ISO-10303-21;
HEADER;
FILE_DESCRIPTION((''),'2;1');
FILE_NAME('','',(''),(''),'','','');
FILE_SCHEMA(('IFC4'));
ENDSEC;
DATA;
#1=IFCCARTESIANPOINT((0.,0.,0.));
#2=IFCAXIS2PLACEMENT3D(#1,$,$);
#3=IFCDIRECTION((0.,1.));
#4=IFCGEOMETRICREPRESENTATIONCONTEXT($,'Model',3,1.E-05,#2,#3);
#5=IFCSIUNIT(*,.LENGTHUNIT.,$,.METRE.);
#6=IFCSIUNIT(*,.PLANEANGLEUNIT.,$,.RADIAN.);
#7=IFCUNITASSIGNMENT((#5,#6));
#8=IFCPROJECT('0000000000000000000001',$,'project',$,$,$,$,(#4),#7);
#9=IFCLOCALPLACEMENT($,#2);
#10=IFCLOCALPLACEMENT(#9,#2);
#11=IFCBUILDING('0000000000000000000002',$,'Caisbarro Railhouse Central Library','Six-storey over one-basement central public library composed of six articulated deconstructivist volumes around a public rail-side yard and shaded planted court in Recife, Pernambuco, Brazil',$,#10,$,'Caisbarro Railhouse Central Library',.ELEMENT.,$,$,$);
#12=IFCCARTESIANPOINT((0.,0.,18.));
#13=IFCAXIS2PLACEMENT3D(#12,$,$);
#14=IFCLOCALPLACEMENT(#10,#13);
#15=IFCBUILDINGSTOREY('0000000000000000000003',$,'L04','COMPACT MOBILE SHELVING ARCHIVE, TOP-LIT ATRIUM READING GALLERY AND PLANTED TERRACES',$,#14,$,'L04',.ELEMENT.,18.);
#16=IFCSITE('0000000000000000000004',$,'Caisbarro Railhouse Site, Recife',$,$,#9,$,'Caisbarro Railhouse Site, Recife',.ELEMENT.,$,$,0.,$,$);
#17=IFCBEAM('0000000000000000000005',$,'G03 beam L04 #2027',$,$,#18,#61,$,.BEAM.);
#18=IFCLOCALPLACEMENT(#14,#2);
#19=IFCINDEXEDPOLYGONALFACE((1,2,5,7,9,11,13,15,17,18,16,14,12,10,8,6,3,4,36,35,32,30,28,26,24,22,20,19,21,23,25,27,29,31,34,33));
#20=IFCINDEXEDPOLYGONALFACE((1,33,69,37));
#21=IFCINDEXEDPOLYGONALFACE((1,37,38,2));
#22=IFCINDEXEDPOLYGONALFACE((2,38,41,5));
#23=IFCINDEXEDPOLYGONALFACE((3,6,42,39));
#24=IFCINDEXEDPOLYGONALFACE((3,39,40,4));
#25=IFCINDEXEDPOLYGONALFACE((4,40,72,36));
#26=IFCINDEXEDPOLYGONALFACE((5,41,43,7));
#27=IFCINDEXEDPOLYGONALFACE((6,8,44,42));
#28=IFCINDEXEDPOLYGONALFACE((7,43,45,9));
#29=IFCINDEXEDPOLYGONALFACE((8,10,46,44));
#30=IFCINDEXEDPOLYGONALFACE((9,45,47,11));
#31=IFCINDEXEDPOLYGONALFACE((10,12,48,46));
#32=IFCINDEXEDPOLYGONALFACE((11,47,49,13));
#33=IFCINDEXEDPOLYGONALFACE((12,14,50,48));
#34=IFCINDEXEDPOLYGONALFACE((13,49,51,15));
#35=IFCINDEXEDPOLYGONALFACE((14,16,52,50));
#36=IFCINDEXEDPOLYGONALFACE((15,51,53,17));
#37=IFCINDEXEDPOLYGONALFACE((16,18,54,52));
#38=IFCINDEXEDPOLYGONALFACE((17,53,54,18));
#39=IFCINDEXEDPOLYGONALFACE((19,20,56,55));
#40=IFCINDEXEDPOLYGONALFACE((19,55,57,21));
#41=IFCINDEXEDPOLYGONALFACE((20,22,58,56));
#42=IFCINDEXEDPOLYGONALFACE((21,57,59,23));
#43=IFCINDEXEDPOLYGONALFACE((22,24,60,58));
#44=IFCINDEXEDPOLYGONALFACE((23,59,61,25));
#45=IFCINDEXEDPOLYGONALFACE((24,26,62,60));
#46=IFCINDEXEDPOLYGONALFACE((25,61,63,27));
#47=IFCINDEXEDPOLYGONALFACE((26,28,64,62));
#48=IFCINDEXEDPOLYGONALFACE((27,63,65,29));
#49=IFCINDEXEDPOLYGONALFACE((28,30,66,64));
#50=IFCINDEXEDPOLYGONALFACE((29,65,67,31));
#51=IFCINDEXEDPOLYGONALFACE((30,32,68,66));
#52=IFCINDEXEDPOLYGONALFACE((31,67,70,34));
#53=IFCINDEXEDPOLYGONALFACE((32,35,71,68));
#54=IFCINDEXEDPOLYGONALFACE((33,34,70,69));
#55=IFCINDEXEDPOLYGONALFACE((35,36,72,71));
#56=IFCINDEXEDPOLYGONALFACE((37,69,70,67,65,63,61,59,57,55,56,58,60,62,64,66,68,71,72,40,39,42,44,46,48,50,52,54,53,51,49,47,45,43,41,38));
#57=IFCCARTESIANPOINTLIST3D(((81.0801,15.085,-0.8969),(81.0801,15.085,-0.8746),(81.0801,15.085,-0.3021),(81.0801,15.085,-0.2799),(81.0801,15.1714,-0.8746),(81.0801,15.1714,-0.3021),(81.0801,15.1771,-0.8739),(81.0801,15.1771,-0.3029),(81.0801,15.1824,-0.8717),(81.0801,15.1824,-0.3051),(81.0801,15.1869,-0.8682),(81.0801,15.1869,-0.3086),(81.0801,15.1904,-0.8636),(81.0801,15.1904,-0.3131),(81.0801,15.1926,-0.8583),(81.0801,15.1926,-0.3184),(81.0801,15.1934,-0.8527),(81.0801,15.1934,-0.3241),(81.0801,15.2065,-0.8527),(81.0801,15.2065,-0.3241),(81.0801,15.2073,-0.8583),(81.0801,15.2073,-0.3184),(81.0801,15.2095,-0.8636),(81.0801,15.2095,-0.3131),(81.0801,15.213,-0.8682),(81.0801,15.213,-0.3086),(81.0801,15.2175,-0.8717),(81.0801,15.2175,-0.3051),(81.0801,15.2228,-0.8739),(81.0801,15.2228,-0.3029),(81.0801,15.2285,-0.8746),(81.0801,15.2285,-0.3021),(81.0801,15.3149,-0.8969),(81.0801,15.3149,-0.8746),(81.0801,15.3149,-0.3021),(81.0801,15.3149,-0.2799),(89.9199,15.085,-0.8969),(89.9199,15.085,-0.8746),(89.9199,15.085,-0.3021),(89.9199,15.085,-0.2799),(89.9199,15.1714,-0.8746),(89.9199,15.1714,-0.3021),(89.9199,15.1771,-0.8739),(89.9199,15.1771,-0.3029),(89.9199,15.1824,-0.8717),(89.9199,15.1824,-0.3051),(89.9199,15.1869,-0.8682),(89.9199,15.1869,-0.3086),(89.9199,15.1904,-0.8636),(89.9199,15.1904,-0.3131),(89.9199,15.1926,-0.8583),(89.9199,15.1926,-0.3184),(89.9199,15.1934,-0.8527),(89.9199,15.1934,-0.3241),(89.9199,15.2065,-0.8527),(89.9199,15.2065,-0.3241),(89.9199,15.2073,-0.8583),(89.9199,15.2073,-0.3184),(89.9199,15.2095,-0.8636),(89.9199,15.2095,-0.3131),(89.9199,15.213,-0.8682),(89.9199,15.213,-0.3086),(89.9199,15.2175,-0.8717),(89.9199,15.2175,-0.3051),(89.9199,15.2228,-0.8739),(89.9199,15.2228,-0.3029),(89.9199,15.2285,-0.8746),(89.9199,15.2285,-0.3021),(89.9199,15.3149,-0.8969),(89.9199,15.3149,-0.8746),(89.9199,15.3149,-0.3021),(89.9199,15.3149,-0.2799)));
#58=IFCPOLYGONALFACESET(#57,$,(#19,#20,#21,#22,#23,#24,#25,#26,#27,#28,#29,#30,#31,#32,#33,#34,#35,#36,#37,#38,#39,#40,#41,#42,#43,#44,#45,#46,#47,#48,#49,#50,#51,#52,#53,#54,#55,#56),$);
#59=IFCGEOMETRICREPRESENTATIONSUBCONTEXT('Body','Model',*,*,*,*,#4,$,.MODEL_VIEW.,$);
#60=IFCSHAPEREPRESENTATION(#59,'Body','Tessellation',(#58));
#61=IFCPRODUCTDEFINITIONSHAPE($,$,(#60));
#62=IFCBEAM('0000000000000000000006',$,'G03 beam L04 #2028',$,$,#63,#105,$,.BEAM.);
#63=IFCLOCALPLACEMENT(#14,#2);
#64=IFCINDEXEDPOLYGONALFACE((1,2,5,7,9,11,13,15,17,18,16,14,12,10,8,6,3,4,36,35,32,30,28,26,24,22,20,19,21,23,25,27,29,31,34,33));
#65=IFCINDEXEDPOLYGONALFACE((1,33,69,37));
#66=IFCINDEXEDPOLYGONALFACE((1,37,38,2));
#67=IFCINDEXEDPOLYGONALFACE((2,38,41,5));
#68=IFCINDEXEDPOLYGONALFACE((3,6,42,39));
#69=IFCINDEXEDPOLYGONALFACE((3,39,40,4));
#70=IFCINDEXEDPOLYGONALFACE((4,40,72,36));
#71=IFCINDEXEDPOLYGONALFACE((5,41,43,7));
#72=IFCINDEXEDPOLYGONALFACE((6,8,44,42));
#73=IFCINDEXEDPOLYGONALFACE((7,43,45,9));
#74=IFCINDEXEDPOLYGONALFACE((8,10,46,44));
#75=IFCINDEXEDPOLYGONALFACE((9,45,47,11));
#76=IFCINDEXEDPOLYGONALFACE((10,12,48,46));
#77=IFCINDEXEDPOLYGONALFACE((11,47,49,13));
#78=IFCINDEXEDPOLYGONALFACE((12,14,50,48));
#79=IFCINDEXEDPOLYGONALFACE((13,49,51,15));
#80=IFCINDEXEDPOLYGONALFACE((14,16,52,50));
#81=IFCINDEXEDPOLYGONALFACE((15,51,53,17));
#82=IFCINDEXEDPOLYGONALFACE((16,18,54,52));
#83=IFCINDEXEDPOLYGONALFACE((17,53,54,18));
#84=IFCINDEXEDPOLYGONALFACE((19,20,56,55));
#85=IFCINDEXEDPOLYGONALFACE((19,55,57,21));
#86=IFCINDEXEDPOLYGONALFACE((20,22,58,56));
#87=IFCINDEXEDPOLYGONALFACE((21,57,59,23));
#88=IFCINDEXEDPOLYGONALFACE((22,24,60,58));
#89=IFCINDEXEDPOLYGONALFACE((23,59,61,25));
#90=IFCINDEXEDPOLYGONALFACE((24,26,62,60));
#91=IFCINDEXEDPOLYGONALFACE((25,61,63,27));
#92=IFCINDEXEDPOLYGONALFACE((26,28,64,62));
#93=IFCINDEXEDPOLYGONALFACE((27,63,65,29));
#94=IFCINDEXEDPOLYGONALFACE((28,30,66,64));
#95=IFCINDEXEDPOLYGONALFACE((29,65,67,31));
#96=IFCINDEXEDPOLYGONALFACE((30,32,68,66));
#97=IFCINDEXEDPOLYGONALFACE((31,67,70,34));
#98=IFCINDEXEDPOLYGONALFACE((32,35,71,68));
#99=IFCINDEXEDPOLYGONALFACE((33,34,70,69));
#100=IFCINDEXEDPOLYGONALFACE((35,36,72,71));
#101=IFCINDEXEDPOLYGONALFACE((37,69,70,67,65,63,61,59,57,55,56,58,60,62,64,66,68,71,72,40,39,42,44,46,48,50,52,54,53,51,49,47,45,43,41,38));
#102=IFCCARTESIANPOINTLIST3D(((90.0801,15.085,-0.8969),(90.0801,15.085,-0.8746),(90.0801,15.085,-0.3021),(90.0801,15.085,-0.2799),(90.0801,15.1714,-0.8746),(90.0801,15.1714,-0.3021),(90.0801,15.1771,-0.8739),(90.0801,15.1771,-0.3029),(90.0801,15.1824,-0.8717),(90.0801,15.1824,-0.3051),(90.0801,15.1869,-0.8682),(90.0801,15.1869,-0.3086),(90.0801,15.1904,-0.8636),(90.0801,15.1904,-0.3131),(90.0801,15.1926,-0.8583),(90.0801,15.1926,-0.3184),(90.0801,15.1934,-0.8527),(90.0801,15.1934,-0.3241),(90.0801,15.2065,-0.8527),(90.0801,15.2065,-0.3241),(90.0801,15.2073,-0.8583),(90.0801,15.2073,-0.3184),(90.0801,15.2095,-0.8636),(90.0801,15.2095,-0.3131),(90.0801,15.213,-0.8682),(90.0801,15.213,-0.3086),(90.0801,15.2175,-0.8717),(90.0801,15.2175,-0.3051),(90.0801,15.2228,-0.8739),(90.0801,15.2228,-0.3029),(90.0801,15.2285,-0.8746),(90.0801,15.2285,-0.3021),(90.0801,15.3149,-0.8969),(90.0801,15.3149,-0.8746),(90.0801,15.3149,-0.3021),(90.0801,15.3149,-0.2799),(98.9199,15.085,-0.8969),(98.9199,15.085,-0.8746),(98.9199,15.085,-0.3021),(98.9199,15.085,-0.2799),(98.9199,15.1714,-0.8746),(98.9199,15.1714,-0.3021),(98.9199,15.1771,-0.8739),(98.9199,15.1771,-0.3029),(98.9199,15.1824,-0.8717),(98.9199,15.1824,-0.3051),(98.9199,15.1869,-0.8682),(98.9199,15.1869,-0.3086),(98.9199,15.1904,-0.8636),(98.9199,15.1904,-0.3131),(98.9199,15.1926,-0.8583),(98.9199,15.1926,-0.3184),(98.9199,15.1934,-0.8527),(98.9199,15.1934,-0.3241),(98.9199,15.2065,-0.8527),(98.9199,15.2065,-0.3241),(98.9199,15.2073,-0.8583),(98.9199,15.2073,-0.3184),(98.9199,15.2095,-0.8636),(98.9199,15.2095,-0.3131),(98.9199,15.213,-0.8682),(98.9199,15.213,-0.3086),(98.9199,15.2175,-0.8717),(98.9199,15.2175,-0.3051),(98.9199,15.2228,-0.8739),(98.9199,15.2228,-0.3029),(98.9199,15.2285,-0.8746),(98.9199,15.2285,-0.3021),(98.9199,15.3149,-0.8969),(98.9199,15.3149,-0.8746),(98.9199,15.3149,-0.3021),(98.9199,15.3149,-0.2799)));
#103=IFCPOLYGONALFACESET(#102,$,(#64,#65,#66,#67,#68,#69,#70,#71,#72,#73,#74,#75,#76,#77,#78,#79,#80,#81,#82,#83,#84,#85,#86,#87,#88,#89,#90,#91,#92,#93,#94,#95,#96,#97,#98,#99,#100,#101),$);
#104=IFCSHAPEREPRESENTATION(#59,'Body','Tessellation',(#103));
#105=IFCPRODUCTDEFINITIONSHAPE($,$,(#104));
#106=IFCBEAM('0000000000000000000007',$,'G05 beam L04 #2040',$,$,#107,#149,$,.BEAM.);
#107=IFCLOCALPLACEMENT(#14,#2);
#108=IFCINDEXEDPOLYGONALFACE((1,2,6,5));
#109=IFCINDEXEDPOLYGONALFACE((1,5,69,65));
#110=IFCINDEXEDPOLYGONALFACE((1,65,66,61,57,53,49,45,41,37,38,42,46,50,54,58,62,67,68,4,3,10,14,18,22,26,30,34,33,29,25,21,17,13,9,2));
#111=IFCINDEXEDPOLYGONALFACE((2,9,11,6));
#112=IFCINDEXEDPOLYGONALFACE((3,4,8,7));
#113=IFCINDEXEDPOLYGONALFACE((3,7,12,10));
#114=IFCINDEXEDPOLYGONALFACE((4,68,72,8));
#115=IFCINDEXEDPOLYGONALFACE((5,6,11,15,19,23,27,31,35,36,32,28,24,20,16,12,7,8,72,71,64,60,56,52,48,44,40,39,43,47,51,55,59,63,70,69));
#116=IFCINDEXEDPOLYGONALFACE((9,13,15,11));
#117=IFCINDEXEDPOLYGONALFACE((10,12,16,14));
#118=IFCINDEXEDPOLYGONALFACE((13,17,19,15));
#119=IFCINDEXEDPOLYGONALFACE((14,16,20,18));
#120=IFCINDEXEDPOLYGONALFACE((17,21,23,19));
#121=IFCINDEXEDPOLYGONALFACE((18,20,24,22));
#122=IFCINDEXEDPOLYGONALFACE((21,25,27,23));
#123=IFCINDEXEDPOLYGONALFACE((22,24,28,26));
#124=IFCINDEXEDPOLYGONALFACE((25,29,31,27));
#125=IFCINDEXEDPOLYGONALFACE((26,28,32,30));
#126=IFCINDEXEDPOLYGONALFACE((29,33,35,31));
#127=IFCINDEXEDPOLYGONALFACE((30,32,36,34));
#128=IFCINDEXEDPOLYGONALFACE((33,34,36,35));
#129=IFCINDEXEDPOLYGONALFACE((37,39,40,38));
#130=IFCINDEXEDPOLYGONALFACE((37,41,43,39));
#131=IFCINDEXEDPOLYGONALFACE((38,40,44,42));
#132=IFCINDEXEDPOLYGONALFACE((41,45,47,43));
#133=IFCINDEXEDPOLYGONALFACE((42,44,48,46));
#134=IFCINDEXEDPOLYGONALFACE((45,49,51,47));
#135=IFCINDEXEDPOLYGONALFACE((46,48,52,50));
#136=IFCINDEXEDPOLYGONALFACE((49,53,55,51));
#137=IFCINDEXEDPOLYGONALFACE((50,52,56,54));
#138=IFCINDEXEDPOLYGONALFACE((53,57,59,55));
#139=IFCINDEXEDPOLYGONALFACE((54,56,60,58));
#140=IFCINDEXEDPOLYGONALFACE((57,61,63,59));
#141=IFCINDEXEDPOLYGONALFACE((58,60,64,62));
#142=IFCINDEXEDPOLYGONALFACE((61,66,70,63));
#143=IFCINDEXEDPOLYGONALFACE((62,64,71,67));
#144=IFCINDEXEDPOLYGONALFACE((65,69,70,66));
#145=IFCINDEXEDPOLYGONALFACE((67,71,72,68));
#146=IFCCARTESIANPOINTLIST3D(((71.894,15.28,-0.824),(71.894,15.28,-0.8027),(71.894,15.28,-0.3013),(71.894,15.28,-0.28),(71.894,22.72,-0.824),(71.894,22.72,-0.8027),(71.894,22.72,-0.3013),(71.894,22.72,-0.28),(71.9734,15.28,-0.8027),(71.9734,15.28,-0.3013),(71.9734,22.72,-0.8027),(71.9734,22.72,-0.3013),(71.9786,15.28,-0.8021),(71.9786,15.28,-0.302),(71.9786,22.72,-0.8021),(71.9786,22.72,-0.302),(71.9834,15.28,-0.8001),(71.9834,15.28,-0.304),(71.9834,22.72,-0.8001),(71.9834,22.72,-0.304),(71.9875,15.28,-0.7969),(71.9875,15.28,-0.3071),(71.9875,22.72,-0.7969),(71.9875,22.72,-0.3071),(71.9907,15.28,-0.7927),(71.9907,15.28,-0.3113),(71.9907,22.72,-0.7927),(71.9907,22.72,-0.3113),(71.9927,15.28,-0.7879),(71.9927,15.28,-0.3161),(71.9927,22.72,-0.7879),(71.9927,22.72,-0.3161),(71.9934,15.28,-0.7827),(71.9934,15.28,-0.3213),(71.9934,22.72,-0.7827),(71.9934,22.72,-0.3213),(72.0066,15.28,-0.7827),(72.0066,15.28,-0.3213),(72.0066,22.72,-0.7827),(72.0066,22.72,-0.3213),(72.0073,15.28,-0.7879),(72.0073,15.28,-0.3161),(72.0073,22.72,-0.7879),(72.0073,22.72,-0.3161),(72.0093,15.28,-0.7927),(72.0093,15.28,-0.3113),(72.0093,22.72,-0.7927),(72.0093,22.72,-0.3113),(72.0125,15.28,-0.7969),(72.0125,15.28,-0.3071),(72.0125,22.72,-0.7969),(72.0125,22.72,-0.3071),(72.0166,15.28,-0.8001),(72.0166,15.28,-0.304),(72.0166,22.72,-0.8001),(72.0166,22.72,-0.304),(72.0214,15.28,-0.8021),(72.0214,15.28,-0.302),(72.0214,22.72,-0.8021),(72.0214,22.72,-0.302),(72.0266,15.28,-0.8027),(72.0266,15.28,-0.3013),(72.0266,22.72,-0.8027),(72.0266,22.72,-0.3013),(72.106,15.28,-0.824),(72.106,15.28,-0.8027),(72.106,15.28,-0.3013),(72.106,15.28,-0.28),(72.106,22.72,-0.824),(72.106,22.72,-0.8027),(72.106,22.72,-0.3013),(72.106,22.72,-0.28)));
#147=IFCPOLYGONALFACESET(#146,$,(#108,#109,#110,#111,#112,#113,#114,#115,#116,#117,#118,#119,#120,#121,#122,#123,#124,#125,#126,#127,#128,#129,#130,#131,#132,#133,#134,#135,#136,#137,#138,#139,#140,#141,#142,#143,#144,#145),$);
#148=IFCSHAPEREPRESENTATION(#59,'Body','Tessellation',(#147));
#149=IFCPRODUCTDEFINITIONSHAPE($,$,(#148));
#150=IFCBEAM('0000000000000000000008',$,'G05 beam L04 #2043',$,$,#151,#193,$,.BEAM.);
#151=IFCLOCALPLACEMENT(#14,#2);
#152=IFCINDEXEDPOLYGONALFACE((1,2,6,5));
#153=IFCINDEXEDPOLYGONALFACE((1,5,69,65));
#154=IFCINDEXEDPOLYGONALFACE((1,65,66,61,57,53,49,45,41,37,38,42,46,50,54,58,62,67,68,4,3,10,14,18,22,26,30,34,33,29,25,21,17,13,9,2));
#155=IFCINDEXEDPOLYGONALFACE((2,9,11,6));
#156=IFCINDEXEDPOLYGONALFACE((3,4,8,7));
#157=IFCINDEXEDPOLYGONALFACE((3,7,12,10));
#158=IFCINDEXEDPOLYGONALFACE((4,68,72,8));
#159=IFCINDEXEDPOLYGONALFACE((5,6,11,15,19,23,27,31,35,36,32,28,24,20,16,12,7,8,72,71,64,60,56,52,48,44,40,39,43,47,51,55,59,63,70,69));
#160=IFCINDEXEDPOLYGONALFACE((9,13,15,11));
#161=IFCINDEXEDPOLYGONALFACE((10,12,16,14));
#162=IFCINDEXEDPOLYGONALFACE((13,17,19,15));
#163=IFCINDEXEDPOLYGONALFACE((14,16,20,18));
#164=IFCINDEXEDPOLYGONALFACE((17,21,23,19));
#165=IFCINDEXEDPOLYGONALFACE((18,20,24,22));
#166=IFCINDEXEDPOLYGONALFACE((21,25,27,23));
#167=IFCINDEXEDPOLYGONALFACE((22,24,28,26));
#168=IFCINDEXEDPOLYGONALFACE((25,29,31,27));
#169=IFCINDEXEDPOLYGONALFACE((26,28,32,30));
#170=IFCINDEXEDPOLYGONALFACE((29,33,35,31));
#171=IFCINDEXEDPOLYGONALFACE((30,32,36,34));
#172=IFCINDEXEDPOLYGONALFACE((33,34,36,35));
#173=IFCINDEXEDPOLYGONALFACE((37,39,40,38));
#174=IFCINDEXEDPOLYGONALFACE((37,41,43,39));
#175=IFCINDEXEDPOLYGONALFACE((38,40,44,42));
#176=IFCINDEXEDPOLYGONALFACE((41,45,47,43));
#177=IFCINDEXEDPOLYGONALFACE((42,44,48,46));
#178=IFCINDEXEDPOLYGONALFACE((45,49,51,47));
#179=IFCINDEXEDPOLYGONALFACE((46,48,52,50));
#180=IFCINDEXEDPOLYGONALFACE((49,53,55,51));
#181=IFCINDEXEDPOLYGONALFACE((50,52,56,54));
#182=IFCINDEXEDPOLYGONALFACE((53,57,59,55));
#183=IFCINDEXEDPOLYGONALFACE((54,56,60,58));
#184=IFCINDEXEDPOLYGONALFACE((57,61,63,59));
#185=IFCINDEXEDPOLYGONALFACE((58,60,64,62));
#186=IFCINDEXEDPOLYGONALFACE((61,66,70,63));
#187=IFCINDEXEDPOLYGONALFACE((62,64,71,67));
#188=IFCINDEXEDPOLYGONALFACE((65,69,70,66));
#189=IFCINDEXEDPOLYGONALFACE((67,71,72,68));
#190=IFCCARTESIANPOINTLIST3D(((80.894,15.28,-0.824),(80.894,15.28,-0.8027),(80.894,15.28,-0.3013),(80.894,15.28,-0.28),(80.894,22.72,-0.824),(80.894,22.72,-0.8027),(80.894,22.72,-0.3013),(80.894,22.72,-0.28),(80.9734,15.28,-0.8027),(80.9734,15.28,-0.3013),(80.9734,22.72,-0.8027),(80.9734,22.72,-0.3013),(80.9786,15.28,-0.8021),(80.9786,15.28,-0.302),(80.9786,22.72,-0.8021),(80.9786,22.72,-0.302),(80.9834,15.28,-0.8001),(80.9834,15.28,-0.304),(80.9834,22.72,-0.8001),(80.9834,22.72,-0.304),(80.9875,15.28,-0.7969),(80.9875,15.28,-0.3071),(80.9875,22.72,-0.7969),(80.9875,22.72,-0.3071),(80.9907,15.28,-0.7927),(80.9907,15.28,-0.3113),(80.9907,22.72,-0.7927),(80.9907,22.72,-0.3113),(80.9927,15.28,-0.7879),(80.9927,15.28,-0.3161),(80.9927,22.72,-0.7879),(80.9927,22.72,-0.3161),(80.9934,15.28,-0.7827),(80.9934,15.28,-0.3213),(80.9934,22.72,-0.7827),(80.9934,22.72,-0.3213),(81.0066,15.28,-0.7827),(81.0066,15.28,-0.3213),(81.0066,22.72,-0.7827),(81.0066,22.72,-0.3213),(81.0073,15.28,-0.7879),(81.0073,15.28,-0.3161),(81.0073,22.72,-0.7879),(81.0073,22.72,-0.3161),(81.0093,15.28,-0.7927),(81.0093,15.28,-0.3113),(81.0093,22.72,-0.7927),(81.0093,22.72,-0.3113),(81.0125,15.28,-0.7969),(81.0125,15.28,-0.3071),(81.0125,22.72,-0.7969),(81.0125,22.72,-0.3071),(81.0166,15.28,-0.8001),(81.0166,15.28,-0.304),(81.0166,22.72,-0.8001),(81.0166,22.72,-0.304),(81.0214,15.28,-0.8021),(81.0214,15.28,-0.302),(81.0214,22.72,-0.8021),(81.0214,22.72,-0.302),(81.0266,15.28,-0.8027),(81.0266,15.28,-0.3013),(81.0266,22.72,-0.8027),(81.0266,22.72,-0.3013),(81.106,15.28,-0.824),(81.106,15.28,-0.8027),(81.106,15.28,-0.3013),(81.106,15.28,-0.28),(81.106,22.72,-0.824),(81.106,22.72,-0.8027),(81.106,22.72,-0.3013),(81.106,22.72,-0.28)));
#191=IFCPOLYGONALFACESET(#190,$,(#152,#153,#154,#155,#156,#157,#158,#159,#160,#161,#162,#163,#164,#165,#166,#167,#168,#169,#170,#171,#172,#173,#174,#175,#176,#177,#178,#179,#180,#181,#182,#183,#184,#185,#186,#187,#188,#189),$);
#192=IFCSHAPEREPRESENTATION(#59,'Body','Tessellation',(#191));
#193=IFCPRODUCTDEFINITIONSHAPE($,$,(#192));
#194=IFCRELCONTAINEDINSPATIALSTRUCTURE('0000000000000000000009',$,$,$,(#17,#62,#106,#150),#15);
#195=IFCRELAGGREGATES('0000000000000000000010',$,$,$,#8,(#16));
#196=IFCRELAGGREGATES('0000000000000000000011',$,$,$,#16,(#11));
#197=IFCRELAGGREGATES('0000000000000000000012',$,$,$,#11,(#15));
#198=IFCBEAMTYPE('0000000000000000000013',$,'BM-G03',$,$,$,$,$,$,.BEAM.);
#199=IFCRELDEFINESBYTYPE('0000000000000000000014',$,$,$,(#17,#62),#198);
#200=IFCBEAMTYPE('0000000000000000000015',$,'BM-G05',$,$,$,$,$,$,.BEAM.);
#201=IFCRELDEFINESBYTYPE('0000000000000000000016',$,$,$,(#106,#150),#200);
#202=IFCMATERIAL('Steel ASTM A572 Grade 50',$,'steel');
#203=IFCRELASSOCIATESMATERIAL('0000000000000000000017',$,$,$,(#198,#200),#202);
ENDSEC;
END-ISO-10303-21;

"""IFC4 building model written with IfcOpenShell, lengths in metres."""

from ifc_helpers import new_model, si_unit, direction, frame, origin, origin_2d, place, context, subcontext, project, spatial, i_section, extrude, material, material_profile, profile_set, type_object, element, save


model = new_model("IFC4")

# Units and contexts
model_context = context("Model", 3, precision=1e-05, world=origin(), true_north=direction((0.0, 1.0)))
body_context = subcontext(model_context, "Body", "Model", "MODEL_VIEW")
ifc_project = project(units=[si_unit("LENGTHUNIT", "METRE"), si_unit("PLANEANGLEUNIT", "RADIAN")], contexts=[model_context])

# Site, building, storey
site_placement = place(None, origin())
site = spatial("IfcSite", under=ifc_project, at=site_placement, Name="Caisbarro Railhouse Site, Recife", LongName="Caisbarro Railhouse Site, Recife", CompositionType="ELEMENT", RefElevation=0.0)
building_placement = place(site_placement, origin())
building = spatial("IfcBuilding", under=site, at=building_placement, Name="Caisbarro Railhouse Central Library", Description="Six-storey over one-basement central public library composed of six articulated deconstructivist volumes around a public rail-side yard and shaded planted court in Recife, Pernambuco, Brazil", LongName="Caisbarro Railhouse Central Library", CompositionType="ELEMENT")
storey_placement = place(building_placement, frame((0.0, 0.0, 18.0)))
storey = spatial("IfcBuildingStorey", under=building, at=storey_placement, Name="L04", Description="COMPACT MOBILE SHELVING ARCHIVE, TOP-LIT ATRIUM READING GALLERY AND PLANTED TERRACES", LongName="L04", CompositionType="ELEMENT", Elevation=18.0)

# Shared definitions
ifc_material_1 = material(Name="Steel ASTM A572 Grade 50", Category="steel")

# Beams
ifc_material_profile_1 = material_profile(ifc_material_1, i_section(OverallWidth=0.23, OverallDepth=0.6169, WebThickness=0.0132, FlangeThickness=0.0222, FilletRadius=0.022, at=origin_2d()), Name="W610X140.0")
ifc_profile_set_1 = profile_set([ifc_material_profile_1], Name="Steel ASTM A572 Grade 50")
beam_type_1 = type_object("IfcBeamType", Name="BM-G03", PredefinedType="BEAM", material=ifc_profile_set_1)
for number, where, z_axis, x_axis, name in (
    (1, (81.0801, 15.2, -0.5884), (1.0, 0.0, 0.0), (0.0, 1.0, 0.0), "G03 beam L04 #2027"),
    (2, (90.0801, 15.2, -0.5884), (1.0, 0.0, 0.0), (0.0, 1.0, 0.0), "G03 beam L04 #2028"),
):
    element("IfcBeam", number, at=place(storey_placement, frame(where, z_axis=z_axis, x_axis=x_axis)), inside=storey, type_object=beam_type_1, Name=name, PredefinedType="BEAM", context=body_context, shape_type="SweptSolid", body=[
        extrude(i_section(OverallWidth=0.23, OverallDepth=0.6169, WebThickness=0.0132, FlangeThickness=0.0222, FilletRadius=0.022, at=origin_2d()), origin(), (0.0, 0.0, 1.0), 8.8398),
    ])
ifc_material_profile_2 = material_profile(ifc_material_1, i_section(OverallWidth=0.2119, OverallDepth=0.5439, WebThickness=0.0132, FlangeThickness=0.0212, FilletRadius=0.02, at=origin_2d()), Name="W530X123.0")
ifc_profile_set_2 = profile_set([ifc_material_profile_2], Name="Steel ASTM A572 Grade 50")
beam_type_2 = type_object("IfcBeamType", Name="BM-G05", PredefinedType="BEAM", material=ifc_profile_set_2)
for number, where, z_axis, x_axis, name in (
    (3, (72.0, 15.28, -0.552), (0.0, 1.0, 0.0), (-1.0, 0.0, 0.0), "G05 beam L04 #2040"),
    (4, (81.0, 15.28, -0.552), (0.0, 1.0, 0.0), (-1.0, 0.0, 0.0), "G05 beam L04 #2043"),
):
    element("IfcBeam", number, at=place(storey_placement, frame(where, z_axis=z_axis, x_axis=x_axis)), inside=storey, type_object=beam_type_2, Name=name, PredefinedType="BEAM", context=body_context, shape_type="SweptSolid", body=[
        extrude(i_section(OverallWidth=0.2119, OverallDepth=0.5439, WebThickness=0.0132, FlangeThickness=0.0212, FilletRadius=0.02, at=origin_2d()), origin(), (0.0, 0.0, 1.0), 7.4399),
    ])

save(model, "model.ifc")
